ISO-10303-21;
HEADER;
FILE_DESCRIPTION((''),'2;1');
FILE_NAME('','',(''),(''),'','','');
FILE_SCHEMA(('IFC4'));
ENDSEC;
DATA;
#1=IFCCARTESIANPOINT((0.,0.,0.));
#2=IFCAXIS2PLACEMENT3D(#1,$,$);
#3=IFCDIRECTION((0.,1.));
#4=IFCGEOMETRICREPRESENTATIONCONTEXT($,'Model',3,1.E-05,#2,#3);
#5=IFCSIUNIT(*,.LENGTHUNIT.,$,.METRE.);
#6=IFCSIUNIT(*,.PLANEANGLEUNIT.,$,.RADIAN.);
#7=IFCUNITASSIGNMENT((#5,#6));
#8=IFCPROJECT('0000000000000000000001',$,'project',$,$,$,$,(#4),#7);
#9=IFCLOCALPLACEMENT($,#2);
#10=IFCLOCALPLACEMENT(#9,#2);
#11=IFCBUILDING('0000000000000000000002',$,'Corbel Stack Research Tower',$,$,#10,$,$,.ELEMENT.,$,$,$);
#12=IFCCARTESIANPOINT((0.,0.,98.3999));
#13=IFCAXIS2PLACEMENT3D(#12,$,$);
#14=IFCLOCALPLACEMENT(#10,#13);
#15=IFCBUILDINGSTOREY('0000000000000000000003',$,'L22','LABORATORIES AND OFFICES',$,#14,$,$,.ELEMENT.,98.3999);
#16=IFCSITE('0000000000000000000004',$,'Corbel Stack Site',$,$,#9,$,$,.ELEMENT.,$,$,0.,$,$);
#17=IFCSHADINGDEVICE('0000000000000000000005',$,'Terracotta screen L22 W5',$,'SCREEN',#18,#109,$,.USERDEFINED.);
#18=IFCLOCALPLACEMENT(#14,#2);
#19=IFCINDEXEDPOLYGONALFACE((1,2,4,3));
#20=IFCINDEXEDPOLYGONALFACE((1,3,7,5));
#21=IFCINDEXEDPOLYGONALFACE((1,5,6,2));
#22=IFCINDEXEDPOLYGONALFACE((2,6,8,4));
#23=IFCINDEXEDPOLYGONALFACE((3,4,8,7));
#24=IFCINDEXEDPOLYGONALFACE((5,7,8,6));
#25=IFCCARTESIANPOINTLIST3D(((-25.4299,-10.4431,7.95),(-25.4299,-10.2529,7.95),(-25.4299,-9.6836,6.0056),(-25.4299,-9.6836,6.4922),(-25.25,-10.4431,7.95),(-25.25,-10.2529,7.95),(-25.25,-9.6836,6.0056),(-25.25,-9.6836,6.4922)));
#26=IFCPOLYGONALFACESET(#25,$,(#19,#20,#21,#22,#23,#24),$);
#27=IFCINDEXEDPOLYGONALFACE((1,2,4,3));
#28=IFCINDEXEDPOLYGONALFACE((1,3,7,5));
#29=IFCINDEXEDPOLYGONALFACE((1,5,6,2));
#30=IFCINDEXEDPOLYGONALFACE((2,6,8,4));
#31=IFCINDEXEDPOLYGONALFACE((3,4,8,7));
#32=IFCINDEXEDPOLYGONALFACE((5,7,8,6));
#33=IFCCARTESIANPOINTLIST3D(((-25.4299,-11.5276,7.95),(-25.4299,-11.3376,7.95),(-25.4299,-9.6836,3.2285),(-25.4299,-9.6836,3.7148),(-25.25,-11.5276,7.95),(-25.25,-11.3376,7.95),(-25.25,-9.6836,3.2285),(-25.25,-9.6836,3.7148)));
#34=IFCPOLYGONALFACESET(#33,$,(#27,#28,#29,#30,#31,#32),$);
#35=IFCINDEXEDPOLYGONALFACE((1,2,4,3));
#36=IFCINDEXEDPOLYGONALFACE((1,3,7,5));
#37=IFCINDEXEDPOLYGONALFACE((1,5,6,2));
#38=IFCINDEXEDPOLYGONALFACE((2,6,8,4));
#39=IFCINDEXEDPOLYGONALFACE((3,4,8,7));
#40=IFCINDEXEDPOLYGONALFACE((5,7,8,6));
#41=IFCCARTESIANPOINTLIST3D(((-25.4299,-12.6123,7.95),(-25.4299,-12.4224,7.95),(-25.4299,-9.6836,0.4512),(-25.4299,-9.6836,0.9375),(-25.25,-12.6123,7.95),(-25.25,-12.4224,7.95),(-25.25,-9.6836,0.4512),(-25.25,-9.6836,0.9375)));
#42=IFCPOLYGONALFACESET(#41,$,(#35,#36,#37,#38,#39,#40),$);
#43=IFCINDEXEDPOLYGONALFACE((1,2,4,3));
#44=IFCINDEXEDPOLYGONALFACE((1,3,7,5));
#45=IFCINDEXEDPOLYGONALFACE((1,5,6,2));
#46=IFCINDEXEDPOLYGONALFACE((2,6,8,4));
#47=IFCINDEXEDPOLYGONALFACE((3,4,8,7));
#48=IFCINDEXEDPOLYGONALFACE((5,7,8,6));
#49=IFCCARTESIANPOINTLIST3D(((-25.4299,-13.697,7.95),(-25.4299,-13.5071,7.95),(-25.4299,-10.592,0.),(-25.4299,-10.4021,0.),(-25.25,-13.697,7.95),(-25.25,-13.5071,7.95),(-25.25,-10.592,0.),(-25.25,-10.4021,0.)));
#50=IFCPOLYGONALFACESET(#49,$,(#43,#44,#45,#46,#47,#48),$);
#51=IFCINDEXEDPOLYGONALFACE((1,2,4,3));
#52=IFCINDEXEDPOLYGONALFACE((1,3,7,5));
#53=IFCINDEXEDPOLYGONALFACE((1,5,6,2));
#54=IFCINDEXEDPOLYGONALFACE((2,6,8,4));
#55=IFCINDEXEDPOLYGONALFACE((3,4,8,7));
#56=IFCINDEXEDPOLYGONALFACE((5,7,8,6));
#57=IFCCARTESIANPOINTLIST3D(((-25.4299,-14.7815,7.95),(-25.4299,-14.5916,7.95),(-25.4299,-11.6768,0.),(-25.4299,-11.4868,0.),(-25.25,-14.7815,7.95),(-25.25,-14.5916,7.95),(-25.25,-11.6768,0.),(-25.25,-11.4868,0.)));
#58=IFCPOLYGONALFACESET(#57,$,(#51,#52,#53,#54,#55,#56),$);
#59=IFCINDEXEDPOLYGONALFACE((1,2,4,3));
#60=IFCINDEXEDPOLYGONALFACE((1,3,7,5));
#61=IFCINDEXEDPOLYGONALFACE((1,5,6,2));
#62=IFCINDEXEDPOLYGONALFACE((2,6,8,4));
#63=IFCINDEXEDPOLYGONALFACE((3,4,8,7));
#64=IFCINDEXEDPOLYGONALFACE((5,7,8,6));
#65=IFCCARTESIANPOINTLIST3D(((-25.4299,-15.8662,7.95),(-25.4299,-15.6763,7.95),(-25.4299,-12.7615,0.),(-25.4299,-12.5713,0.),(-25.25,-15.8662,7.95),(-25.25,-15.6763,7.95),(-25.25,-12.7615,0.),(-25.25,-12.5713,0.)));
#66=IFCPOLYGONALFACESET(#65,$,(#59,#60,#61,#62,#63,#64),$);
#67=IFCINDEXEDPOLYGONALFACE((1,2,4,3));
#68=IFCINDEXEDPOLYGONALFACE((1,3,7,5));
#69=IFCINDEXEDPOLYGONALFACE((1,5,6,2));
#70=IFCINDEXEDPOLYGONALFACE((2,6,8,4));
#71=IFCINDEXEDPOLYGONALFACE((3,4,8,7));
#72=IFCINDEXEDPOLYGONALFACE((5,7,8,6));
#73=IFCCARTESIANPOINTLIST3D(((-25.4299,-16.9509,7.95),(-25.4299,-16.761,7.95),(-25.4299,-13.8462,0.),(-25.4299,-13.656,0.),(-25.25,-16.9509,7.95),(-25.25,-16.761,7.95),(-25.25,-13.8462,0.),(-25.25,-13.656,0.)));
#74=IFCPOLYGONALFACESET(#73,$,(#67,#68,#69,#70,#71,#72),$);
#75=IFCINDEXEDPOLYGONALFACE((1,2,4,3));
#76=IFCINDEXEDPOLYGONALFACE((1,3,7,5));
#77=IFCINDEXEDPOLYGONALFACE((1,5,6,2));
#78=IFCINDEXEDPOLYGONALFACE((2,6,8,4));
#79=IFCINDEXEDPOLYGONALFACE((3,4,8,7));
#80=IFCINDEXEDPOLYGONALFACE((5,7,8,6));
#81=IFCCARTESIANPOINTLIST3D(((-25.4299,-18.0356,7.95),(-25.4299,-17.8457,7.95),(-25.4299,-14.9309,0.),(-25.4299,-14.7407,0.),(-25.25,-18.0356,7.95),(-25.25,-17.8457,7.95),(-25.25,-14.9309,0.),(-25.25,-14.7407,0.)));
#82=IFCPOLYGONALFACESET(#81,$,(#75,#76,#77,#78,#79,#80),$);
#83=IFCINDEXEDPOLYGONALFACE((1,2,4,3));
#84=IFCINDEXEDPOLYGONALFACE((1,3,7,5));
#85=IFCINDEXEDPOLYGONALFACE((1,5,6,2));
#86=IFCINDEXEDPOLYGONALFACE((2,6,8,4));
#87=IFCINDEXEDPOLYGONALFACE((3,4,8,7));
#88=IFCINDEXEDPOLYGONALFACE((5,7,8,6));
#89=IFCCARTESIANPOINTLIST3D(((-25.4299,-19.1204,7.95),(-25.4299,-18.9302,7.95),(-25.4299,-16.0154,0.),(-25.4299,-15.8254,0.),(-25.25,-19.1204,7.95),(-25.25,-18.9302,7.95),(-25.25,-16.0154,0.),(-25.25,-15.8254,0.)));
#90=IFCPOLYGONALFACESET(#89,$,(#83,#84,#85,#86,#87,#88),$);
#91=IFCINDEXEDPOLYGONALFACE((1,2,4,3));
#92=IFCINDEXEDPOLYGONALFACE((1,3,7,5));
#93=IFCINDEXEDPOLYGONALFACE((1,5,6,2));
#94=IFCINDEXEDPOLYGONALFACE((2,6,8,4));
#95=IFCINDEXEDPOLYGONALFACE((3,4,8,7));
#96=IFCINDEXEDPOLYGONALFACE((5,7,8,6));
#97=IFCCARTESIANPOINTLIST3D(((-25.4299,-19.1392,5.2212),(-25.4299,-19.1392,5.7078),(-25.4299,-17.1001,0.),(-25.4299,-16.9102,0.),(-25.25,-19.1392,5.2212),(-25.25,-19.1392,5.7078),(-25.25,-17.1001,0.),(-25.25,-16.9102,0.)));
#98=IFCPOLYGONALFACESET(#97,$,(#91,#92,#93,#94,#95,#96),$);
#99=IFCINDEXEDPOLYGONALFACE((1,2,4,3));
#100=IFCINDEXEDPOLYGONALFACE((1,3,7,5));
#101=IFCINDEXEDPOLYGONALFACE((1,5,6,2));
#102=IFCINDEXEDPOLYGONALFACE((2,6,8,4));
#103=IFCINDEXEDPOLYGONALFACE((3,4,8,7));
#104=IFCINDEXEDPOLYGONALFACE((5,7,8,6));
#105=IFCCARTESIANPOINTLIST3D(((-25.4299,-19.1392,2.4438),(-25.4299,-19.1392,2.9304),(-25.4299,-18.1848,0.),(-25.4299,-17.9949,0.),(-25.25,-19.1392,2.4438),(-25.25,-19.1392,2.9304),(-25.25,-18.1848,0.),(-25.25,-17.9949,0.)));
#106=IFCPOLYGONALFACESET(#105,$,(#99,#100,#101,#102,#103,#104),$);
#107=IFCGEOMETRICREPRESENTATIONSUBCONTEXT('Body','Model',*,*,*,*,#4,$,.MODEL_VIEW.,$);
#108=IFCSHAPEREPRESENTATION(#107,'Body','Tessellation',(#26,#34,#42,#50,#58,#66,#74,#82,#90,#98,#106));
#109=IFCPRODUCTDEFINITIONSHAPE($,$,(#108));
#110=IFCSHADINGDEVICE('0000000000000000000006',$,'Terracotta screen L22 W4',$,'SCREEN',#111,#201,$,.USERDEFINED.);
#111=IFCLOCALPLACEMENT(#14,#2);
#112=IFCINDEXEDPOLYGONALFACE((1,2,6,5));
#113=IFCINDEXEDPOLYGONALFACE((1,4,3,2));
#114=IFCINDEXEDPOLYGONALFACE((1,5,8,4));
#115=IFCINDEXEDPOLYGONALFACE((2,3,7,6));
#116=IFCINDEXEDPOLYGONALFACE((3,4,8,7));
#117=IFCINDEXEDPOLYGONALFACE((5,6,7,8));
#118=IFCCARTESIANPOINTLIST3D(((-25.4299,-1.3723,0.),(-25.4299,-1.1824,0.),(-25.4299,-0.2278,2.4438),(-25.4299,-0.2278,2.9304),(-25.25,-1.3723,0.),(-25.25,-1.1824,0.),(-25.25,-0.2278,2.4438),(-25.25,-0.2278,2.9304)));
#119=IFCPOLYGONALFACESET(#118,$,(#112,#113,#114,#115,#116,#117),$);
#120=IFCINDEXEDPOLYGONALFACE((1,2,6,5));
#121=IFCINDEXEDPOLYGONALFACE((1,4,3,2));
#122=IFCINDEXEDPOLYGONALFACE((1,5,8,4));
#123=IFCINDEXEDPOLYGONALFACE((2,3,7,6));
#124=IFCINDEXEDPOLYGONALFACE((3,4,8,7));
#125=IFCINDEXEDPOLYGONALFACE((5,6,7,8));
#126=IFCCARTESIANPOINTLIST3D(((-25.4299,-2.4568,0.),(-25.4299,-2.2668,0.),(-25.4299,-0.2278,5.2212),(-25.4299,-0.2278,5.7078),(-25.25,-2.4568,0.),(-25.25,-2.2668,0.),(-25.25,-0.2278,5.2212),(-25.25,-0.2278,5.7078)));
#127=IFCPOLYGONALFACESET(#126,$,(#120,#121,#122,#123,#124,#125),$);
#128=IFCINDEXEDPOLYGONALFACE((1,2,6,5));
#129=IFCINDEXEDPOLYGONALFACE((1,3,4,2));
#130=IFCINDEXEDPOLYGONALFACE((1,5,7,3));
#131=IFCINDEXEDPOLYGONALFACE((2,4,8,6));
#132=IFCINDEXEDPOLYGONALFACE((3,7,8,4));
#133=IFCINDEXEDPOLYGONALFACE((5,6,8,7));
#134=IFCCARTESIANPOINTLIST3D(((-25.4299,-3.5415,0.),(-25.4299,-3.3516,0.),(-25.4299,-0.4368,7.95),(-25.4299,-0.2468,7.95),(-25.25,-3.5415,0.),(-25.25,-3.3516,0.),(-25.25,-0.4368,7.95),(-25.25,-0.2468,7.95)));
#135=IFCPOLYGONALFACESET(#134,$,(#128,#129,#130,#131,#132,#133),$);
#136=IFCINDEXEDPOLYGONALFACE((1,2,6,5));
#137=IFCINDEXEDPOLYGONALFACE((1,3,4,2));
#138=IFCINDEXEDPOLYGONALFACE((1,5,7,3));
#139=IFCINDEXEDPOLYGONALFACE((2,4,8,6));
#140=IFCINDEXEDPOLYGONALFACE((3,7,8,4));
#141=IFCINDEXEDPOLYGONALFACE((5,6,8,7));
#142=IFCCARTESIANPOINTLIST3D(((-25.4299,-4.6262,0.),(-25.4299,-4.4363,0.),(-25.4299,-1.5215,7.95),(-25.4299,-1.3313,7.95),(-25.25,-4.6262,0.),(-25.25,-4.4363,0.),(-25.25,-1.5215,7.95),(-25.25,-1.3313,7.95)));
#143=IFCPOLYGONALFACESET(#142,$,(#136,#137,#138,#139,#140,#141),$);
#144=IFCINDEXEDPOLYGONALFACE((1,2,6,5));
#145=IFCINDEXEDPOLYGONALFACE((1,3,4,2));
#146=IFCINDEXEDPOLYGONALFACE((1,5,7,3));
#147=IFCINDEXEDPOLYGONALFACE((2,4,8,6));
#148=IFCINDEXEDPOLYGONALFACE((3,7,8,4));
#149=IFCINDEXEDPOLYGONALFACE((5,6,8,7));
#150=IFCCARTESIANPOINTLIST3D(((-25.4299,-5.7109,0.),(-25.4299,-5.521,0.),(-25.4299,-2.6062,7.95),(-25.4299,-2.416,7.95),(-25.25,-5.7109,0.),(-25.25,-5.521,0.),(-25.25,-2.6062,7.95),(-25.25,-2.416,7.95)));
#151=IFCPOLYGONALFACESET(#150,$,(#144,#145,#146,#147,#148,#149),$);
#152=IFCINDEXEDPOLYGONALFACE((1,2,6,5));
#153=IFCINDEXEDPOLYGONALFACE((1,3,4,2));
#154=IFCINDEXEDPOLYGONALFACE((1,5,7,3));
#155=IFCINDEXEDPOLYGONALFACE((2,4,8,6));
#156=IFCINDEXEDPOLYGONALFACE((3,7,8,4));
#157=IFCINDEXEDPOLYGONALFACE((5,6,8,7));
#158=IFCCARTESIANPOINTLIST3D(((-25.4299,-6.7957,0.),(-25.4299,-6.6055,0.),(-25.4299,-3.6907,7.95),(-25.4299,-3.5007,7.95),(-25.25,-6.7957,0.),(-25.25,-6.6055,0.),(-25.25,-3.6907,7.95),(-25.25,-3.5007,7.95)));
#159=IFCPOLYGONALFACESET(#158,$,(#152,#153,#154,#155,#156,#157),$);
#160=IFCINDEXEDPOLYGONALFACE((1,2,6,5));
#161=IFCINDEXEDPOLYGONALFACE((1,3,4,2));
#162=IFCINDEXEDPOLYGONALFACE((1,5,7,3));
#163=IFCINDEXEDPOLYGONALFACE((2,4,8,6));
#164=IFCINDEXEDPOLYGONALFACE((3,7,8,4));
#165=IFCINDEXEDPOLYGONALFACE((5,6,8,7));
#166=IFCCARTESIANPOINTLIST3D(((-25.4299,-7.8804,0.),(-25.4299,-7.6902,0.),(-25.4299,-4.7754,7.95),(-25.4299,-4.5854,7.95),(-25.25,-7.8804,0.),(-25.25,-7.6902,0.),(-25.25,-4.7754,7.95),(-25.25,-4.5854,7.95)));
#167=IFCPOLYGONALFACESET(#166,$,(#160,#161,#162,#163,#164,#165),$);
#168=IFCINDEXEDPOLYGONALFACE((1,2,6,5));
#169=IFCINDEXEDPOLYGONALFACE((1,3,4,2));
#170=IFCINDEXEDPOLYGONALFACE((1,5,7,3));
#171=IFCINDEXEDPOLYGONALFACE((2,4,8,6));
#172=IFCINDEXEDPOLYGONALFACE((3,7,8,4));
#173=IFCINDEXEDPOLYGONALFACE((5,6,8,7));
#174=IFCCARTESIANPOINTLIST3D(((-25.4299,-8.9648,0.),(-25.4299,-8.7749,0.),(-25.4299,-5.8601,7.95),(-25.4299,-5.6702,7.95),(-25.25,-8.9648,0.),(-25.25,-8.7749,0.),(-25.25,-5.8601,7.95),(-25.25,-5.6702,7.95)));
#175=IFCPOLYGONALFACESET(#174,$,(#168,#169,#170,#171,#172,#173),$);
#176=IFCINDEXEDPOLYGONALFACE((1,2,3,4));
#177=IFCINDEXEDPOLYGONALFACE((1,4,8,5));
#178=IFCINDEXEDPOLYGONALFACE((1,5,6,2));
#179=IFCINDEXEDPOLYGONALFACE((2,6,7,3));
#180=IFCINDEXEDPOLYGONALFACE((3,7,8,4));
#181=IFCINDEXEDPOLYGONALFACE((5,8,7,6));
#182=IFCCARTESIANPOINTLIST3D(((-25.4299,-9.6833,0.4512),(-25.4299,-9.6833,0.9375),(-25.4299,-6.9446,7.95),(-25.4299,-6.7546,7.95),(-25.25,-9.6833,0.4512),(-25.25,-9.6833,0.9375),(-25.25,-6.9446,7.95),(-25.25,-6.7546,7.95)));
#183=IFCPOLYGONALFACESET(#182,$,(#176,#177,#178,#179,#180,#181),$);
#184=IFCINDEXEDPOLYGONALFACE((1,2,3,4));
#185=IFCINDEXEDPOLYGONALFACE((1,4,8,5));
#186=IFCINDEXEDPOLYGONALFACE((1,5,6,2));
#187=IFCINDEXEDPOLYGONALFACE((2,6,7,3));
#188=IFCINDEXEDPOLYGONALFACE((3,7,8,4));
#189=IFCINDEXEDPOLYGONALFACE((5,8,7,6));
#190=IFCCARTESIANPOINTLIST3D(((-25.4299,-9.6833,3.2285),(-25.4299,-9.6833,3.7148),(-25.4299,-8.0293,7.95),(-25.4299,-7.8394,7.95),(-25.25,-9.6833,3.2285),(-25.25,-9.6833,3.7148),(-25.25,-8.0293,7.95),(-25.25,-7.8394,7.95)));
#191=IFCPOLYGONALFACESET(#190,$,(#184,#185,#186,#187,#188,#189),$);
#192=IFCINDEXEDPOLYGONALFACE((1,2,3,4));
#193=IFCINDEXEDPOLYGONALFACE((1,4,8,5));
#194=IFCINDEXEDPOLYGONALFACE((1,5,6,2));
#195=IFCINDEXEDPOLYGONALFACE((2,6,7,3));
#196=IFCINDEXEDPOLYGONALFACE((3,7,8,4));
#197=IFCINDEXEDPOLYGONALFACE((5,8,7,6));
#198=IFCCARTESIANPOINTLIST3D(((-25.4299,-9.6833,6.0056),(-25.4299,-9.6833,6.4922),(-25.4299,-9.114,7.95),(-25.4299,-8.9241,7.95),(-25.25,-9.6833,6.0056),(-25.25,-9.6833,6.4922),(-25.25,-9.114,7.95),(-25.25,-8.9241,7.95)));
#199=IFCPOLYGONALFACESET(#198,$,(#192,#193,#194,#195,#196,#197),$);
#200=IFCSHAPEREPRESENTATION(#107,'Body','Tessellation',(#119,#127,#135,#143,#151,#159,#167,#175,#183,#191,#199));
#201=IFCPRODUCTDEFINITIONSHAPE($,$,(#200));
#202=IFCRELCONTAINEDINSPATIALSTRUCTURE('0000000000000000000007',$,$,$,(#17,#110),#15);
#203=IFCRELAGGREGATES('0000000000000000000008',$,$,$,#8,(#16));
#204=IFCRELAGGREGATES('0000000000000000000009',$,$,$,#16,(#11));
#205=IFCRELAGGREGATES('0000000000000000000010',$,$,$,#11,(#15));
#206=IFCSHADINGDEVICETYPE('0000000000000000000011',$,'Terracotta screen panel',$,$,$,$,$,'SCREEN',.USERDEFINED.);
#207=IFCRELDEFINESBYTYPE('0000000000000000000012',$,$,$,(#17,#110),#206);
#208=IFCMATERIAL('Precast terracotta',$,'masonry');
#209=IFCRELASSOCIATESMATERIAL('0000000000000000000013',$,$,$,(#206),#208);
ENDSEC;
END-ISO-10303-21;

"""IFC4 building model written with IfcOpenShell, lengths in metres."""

from ifc_helpers import new_model, si_unit, direction, frame, origin, place, context, subcontext, project, spatial, polyline, outline, extrude, source, transform, mapped, material, type_object, element, save


model = new_model("IFC4")

# Units and contexts
model_context = context("Model", 3, precision=1e-05, world=origin(), true_north=direction((0.0, 1.0)))
body_context = subcontext(model_context, "Body", "Model", "MODEL_VIEW")
ifc_project = project(units=[si_unit("LENGTHUNIT", "METRE"), si_unit("PLANEANGLEUNIT", "RADIAN")], contexts=[model_context])

# Site, building, storey
site_placement = place(None, origin())
site = spatial("IfcSite", under=ifc_project, at=site_placement, Name="Corbel Stack Site", CompositionType="ELEMENT", RefElevation=0.0)
building_placement = place(site_placement, origin())
building = spatial("IfcBuilding", under=site, at=building_placement, Name="Corbel Stack Research Tower", CompositionType="ELEMENT")
storey_placement = place(building_placement, frame((0.0, 0.0, 98.3999)))
storey = spatial("IfcBuildingStorey", under=building, at=storey_placement, Name="L22", Description="LABORATORIES AND OFFICES", CompositionType="ELEMENT", Elevation=98.3999)

# Shading devices
ifc_material_1 = material(Name="Precast terracotta", Category="masonry")
shading_device_type = type_object("IfcShadingDeviceType", Name="Terracotta screen panel", ElementType="SCREEN", PredefinedType="USERDEFINED", material=ifc_material_1)
shared_shape_1 = source(origin(), body_context, "Body", "SweptSolid", [
    extrude(outline(polyline([(0.7595, 7.95), (0.5693, 7.95), (0.0, 6.4922), (0.0, 6.0056), (0.7595, 7.95)])), frame((0.0, 0.0, 0.0), z_axis=(0.0, -1.0, 0.0), x_axis=(1.0, 0.0, 0.0)), (0.0, 0.0, 1.0), 0.1799),
    extrude(outline(polyline([(1.844, 7.95), (1.6541, 7.95), (0.0, 3.7148), (0.0, 3.2285), (1.844, 7.95)])), frame((0.0, 0.0, 0.0), z_axis=(0.0, -1.0, 0.0), x_axis=(1.0, 0.0, 0.0)), (0.0, 0.0, 1.0), 0.1799),
    extrude(outline(polyline([(2.9287, 7.95), (2.7388, 7.95), (0.0, 0.9375), (0.0, 0.4512), (2.9287, 7.95)])), frame((0.0, 0.0, 0.0), z_axis=(0.0, -1.0, 0.0), x_axis=(1.0, 0.0, 0.0)), (0.0, 0.0, 1.0), 0.1799),
    extrude(outline(polyline([(0.9084, 0.0), (4.0134, 7.95), (3.8235, 7.95), (0.7185, 0.0), (0.9084, 0.0)])), frame((0.0, 0.0, 0.0), z_axis=(0.0, -1.0, 0.0), x_axis=(1.0, 0.0, 0.0)), (0.0, 0.0, 1.0), 0.1799),
    extrude(outline(polyline([(1.9932, 0.0), (5.0979, 7.95), (4.908, 7.95), (1.8032, 0.0), (1.9932, 0.0)])), frame((0.0, 0.0, 0.0), z_axis=(0.0, -1.0, 0.0), x_axis=(1.0, 0.0, 0.0)), (0.0, 0.0, 1.0), 0.1799),
    extrude(outline(polyline([(3.0779, 0.0), (6.1826, 7.95), (5.9927, 7.95), (2.8877, 0.0), (3.0779, 0.0)])), frame((0.0, 0.0, 0.0), z_axis=(0.0, -1.0, 0.0), x_axis=(1.0, 0.0, 0.0)), (0.0, 0.0, 1.0), 0.1799),
    extrude(outline(polyline([(4.1626, 0.0), (7.2673, 7.95), (7.0774, 7.95), (3.9724, 0.0), (4.1626, 0.0)])), frame((0.0, 0.0, 0.0), z_axis=(0.0, -1.0, 0.0), x_axis=(1.0, 0.0, 0.0)), (0.0, 0.0, 1.0), 0.1799),
    extrude(outline(polyline([(5.2473, 0.0), (8.3521, 7.95), (8.1621, 7.95), (5.0571, 0.0), (5.2473, 0.0)])), frame((0.0, 0.0, 0.0), z_axis=(0.0, -1.0, 0.0), x_axis=(1.0, 0.0, 0.0)), (0.0, 0.0, 1.0), 0.1799),
    extrude(outline(polyline([(6.3318, 0.0), (9.4368, 7.95), (9.2466, 7.95), (6.1418, 0.0), (6.3318, 0.0)])), frame((0.0, 0.0, 0.0), z_axis=(0.0, -1.0, 0.0), x_axis=(1.0, 0.0, 0.0)), (0.0, 0.0, 1.0), 0.1799),
    extrude(outline(polyline([(7.4165, 0.0), (9.4556, 5.2212), (9.4556, 5.7078), (7.2266, 0.0), (7.4165, 0.0)])), frame((0.0, 0.0, 0.0), z_axis=(0.0, -1.0, 0.0), x_axis=(1.0, 0.0, 0.0)), (0.0, 0.0, 1.0), 0.1799),
    extrude(outline(polyline([(8.5012, 0.0), (9.4556, 2.4438), (9.4556, 2.9304), (8.3113, 0.0), (8.5012, 0.0)])), frame((0.0, 0.0, 0.0), z_axis=(0.0, -1.0, 0.0), x_axis=(1.0, 0.0, 0.0)), (0.0, 0.0, 1.0), 0.1799),
])
shading_device_1_placement = place(storey_placement, frame((-25.25, -9.6836, 0.0), z_axis=(0.0, 0.0, 1.0), x_axis=(0.0, -1.0, 0.0)))
element("IfcShadingDevice", 1, at=shading_device_1_placement, inside=storey, type_object=shading_device_type, Name="Terracotta screen L22 W5", ObjectType="SCREEN", PredefinedType="USERDEFINED", context=body_context, shape_type="MappedRepresentation", body=[
    mapped(shared_shape_1, transform((0.0, 0.0, 0.0))),
])
shared_shape_2 = source(origin(), body_context, "Body", "SweptSolid", [
    extrude(outline(polyline([(1.1445, 0.0), (0.0, 2.9304), (0.0, 2.4438), (0.9546, 0.0), (1.1445, 0.0)])), frame((0.0, 0.0, 0.0), z_axis=(0.0, -1.0, 0.0), x_axis=(1.0, 0.0, 0.0)), (0.0, 0.0, 1.0), 0.1799),
    extrude(outline(polyline([(2.229, 0.0), (0.0, 5.7078), (0.0, 5.2212), (2.0391, 0.0), (2.229, 0.0)])), frame((0.0, 0.0, 0.0), z_axis=(0.0, -1.0, 0.0), x_axis=(1.0, 0.0, 0.0)), (0.0, 0.0, 1.0), 0.1799),
    extrude(outline(polyline([(3.3137, 0.0), (0.209, 7.95), (0.019, 7.95), (3.1238, 0.0), (3.3137, 0.0)])), frame((0.0, 0.0, 0.0), z_axis=(0.0, -1.0, 0.0), x_axis=(1.0, 0.0, 0.0)), (0.0, 0.0, 1.0), 0.1799),
    extrude(outline(polyline([(4.3984, 0.0), (1.2937, 7.95), (1.1035, 7.95), (4.2085, 0.0), (4.3984, 0.0)])), frame((0.0, 0.0, 0.0), z_axis=(0.0, -1.0, 0.0), x_axis=(1.0, 0.0, 0.0)), (0.0, 0.0, 1.0), 0.1799),
    extrude(outline(polyline([(5.4832, 0.0), (2.3784, 7.95), (2.1882, 7.95), (5.2932, 0.0), (5.4832, 0.0)])), frame((0.0, 0.0, 0.0), z_axis=(0.0, -1.0, 0.0), x_axis=(1.0, 0.0, 0.0)), (0.0, 0.0, 1.0), 0.1799),
    extrude(outline(polyline([(6.5679, 0.0), (3.4629, 7.95), (3.2729, 7.95), (6.3777, 0.0), (6.5679, 0.0)])), frame((0.0, 0.0, 0.0), z_axis=(0.0, -1.0, 0.0), x_axis=(1.0, 0.0, 0.0)), (0.0, 0.0, 1.0), 0.1799),
    extrude(outline(polyline([(7.6526, 0.0), (4.5476, 7.95), (4.3577, 7.95), (7.4624, 0.0), (7.6526, 0.0)])), frame((0.0, 0.0, 0.0), z_axis=(0.0, -1.0, 0.0), x_axis=(1.0, 0.0, 0.0)), (0.0, 0.0, 1.0), 0.1799),
    extrude(outline(polyline([(8.7371, 0.0), (5.6323, 7.95), (5.4424, 7.95), (8.5471, 0.0), (8.7371, 0.0)])), frame((0.0, 0.0, 0.0), z_axis=(0.0, -1.0, 0.0), x_axis=(1.0, 0.0, 0.0)), (0.0, 0.0, 1.0), 0.1799),
    extrude(outline(polyline([(6.7168, 7.95), (6.5269, 7.95), (9.4556, 0.4512), (9.4556, 0.9375), (6.7168, 7.95)])), frame((0.0, 0.0, 0.0), z_axis=(0.0, -1.0, 0.0), x_axis=(1.0, 0.0, 0.0)), (0.0, 0.0, 1.0), 0.1799),
    extrude(outline(polyline([(7.8015, 7.95), (7.6116, 7.95), (9.4556, 3.2285), (9.4556, 3.7148), (7.8015, 7.95)])), frame((0.0, 0.0, 0.0), z_axis=(0.0, -1.0, 0.0), x_axis=(1.0, 0.0, 0.0)), (0.0, 0.0, 1.0), 0.1799),
    extrude(outline(polyline([(8.8862, 7.95), (8.6963, 7.95), (9.4556, 6.0056), (9.4556, 6.4922), (8.8862, 7.95)])), frame((0.0, 0.0, 0.0), z_axis=(0.0, -1.0, 0.0), x_axis=(1.0, 0.0, 0.0)), (0.0, 0.0, 1.0), 0.1799),
])
shading_device_2_placement = place(storey_placement, frame((-25.25, -0.2278, 0.0), z_axis=(0.0, 0.0, 1.0), x_axis=(0.0, -1.0, 0.0)))
element("IfcShadingDevice", 2, at=shading_device_2_placement, inside=storey, type_object=shading_device_type, Name="Terracotta screen L22 W4", ObjectType="SCREEN", PredefinedType="USERDEFINED", context=body_context, shape_type="MappedRepresentation", body=[
    mapped(shared_shape_2, transform((0.0, 0.0, 0.0))),
])

save(model, "model.ifc")
